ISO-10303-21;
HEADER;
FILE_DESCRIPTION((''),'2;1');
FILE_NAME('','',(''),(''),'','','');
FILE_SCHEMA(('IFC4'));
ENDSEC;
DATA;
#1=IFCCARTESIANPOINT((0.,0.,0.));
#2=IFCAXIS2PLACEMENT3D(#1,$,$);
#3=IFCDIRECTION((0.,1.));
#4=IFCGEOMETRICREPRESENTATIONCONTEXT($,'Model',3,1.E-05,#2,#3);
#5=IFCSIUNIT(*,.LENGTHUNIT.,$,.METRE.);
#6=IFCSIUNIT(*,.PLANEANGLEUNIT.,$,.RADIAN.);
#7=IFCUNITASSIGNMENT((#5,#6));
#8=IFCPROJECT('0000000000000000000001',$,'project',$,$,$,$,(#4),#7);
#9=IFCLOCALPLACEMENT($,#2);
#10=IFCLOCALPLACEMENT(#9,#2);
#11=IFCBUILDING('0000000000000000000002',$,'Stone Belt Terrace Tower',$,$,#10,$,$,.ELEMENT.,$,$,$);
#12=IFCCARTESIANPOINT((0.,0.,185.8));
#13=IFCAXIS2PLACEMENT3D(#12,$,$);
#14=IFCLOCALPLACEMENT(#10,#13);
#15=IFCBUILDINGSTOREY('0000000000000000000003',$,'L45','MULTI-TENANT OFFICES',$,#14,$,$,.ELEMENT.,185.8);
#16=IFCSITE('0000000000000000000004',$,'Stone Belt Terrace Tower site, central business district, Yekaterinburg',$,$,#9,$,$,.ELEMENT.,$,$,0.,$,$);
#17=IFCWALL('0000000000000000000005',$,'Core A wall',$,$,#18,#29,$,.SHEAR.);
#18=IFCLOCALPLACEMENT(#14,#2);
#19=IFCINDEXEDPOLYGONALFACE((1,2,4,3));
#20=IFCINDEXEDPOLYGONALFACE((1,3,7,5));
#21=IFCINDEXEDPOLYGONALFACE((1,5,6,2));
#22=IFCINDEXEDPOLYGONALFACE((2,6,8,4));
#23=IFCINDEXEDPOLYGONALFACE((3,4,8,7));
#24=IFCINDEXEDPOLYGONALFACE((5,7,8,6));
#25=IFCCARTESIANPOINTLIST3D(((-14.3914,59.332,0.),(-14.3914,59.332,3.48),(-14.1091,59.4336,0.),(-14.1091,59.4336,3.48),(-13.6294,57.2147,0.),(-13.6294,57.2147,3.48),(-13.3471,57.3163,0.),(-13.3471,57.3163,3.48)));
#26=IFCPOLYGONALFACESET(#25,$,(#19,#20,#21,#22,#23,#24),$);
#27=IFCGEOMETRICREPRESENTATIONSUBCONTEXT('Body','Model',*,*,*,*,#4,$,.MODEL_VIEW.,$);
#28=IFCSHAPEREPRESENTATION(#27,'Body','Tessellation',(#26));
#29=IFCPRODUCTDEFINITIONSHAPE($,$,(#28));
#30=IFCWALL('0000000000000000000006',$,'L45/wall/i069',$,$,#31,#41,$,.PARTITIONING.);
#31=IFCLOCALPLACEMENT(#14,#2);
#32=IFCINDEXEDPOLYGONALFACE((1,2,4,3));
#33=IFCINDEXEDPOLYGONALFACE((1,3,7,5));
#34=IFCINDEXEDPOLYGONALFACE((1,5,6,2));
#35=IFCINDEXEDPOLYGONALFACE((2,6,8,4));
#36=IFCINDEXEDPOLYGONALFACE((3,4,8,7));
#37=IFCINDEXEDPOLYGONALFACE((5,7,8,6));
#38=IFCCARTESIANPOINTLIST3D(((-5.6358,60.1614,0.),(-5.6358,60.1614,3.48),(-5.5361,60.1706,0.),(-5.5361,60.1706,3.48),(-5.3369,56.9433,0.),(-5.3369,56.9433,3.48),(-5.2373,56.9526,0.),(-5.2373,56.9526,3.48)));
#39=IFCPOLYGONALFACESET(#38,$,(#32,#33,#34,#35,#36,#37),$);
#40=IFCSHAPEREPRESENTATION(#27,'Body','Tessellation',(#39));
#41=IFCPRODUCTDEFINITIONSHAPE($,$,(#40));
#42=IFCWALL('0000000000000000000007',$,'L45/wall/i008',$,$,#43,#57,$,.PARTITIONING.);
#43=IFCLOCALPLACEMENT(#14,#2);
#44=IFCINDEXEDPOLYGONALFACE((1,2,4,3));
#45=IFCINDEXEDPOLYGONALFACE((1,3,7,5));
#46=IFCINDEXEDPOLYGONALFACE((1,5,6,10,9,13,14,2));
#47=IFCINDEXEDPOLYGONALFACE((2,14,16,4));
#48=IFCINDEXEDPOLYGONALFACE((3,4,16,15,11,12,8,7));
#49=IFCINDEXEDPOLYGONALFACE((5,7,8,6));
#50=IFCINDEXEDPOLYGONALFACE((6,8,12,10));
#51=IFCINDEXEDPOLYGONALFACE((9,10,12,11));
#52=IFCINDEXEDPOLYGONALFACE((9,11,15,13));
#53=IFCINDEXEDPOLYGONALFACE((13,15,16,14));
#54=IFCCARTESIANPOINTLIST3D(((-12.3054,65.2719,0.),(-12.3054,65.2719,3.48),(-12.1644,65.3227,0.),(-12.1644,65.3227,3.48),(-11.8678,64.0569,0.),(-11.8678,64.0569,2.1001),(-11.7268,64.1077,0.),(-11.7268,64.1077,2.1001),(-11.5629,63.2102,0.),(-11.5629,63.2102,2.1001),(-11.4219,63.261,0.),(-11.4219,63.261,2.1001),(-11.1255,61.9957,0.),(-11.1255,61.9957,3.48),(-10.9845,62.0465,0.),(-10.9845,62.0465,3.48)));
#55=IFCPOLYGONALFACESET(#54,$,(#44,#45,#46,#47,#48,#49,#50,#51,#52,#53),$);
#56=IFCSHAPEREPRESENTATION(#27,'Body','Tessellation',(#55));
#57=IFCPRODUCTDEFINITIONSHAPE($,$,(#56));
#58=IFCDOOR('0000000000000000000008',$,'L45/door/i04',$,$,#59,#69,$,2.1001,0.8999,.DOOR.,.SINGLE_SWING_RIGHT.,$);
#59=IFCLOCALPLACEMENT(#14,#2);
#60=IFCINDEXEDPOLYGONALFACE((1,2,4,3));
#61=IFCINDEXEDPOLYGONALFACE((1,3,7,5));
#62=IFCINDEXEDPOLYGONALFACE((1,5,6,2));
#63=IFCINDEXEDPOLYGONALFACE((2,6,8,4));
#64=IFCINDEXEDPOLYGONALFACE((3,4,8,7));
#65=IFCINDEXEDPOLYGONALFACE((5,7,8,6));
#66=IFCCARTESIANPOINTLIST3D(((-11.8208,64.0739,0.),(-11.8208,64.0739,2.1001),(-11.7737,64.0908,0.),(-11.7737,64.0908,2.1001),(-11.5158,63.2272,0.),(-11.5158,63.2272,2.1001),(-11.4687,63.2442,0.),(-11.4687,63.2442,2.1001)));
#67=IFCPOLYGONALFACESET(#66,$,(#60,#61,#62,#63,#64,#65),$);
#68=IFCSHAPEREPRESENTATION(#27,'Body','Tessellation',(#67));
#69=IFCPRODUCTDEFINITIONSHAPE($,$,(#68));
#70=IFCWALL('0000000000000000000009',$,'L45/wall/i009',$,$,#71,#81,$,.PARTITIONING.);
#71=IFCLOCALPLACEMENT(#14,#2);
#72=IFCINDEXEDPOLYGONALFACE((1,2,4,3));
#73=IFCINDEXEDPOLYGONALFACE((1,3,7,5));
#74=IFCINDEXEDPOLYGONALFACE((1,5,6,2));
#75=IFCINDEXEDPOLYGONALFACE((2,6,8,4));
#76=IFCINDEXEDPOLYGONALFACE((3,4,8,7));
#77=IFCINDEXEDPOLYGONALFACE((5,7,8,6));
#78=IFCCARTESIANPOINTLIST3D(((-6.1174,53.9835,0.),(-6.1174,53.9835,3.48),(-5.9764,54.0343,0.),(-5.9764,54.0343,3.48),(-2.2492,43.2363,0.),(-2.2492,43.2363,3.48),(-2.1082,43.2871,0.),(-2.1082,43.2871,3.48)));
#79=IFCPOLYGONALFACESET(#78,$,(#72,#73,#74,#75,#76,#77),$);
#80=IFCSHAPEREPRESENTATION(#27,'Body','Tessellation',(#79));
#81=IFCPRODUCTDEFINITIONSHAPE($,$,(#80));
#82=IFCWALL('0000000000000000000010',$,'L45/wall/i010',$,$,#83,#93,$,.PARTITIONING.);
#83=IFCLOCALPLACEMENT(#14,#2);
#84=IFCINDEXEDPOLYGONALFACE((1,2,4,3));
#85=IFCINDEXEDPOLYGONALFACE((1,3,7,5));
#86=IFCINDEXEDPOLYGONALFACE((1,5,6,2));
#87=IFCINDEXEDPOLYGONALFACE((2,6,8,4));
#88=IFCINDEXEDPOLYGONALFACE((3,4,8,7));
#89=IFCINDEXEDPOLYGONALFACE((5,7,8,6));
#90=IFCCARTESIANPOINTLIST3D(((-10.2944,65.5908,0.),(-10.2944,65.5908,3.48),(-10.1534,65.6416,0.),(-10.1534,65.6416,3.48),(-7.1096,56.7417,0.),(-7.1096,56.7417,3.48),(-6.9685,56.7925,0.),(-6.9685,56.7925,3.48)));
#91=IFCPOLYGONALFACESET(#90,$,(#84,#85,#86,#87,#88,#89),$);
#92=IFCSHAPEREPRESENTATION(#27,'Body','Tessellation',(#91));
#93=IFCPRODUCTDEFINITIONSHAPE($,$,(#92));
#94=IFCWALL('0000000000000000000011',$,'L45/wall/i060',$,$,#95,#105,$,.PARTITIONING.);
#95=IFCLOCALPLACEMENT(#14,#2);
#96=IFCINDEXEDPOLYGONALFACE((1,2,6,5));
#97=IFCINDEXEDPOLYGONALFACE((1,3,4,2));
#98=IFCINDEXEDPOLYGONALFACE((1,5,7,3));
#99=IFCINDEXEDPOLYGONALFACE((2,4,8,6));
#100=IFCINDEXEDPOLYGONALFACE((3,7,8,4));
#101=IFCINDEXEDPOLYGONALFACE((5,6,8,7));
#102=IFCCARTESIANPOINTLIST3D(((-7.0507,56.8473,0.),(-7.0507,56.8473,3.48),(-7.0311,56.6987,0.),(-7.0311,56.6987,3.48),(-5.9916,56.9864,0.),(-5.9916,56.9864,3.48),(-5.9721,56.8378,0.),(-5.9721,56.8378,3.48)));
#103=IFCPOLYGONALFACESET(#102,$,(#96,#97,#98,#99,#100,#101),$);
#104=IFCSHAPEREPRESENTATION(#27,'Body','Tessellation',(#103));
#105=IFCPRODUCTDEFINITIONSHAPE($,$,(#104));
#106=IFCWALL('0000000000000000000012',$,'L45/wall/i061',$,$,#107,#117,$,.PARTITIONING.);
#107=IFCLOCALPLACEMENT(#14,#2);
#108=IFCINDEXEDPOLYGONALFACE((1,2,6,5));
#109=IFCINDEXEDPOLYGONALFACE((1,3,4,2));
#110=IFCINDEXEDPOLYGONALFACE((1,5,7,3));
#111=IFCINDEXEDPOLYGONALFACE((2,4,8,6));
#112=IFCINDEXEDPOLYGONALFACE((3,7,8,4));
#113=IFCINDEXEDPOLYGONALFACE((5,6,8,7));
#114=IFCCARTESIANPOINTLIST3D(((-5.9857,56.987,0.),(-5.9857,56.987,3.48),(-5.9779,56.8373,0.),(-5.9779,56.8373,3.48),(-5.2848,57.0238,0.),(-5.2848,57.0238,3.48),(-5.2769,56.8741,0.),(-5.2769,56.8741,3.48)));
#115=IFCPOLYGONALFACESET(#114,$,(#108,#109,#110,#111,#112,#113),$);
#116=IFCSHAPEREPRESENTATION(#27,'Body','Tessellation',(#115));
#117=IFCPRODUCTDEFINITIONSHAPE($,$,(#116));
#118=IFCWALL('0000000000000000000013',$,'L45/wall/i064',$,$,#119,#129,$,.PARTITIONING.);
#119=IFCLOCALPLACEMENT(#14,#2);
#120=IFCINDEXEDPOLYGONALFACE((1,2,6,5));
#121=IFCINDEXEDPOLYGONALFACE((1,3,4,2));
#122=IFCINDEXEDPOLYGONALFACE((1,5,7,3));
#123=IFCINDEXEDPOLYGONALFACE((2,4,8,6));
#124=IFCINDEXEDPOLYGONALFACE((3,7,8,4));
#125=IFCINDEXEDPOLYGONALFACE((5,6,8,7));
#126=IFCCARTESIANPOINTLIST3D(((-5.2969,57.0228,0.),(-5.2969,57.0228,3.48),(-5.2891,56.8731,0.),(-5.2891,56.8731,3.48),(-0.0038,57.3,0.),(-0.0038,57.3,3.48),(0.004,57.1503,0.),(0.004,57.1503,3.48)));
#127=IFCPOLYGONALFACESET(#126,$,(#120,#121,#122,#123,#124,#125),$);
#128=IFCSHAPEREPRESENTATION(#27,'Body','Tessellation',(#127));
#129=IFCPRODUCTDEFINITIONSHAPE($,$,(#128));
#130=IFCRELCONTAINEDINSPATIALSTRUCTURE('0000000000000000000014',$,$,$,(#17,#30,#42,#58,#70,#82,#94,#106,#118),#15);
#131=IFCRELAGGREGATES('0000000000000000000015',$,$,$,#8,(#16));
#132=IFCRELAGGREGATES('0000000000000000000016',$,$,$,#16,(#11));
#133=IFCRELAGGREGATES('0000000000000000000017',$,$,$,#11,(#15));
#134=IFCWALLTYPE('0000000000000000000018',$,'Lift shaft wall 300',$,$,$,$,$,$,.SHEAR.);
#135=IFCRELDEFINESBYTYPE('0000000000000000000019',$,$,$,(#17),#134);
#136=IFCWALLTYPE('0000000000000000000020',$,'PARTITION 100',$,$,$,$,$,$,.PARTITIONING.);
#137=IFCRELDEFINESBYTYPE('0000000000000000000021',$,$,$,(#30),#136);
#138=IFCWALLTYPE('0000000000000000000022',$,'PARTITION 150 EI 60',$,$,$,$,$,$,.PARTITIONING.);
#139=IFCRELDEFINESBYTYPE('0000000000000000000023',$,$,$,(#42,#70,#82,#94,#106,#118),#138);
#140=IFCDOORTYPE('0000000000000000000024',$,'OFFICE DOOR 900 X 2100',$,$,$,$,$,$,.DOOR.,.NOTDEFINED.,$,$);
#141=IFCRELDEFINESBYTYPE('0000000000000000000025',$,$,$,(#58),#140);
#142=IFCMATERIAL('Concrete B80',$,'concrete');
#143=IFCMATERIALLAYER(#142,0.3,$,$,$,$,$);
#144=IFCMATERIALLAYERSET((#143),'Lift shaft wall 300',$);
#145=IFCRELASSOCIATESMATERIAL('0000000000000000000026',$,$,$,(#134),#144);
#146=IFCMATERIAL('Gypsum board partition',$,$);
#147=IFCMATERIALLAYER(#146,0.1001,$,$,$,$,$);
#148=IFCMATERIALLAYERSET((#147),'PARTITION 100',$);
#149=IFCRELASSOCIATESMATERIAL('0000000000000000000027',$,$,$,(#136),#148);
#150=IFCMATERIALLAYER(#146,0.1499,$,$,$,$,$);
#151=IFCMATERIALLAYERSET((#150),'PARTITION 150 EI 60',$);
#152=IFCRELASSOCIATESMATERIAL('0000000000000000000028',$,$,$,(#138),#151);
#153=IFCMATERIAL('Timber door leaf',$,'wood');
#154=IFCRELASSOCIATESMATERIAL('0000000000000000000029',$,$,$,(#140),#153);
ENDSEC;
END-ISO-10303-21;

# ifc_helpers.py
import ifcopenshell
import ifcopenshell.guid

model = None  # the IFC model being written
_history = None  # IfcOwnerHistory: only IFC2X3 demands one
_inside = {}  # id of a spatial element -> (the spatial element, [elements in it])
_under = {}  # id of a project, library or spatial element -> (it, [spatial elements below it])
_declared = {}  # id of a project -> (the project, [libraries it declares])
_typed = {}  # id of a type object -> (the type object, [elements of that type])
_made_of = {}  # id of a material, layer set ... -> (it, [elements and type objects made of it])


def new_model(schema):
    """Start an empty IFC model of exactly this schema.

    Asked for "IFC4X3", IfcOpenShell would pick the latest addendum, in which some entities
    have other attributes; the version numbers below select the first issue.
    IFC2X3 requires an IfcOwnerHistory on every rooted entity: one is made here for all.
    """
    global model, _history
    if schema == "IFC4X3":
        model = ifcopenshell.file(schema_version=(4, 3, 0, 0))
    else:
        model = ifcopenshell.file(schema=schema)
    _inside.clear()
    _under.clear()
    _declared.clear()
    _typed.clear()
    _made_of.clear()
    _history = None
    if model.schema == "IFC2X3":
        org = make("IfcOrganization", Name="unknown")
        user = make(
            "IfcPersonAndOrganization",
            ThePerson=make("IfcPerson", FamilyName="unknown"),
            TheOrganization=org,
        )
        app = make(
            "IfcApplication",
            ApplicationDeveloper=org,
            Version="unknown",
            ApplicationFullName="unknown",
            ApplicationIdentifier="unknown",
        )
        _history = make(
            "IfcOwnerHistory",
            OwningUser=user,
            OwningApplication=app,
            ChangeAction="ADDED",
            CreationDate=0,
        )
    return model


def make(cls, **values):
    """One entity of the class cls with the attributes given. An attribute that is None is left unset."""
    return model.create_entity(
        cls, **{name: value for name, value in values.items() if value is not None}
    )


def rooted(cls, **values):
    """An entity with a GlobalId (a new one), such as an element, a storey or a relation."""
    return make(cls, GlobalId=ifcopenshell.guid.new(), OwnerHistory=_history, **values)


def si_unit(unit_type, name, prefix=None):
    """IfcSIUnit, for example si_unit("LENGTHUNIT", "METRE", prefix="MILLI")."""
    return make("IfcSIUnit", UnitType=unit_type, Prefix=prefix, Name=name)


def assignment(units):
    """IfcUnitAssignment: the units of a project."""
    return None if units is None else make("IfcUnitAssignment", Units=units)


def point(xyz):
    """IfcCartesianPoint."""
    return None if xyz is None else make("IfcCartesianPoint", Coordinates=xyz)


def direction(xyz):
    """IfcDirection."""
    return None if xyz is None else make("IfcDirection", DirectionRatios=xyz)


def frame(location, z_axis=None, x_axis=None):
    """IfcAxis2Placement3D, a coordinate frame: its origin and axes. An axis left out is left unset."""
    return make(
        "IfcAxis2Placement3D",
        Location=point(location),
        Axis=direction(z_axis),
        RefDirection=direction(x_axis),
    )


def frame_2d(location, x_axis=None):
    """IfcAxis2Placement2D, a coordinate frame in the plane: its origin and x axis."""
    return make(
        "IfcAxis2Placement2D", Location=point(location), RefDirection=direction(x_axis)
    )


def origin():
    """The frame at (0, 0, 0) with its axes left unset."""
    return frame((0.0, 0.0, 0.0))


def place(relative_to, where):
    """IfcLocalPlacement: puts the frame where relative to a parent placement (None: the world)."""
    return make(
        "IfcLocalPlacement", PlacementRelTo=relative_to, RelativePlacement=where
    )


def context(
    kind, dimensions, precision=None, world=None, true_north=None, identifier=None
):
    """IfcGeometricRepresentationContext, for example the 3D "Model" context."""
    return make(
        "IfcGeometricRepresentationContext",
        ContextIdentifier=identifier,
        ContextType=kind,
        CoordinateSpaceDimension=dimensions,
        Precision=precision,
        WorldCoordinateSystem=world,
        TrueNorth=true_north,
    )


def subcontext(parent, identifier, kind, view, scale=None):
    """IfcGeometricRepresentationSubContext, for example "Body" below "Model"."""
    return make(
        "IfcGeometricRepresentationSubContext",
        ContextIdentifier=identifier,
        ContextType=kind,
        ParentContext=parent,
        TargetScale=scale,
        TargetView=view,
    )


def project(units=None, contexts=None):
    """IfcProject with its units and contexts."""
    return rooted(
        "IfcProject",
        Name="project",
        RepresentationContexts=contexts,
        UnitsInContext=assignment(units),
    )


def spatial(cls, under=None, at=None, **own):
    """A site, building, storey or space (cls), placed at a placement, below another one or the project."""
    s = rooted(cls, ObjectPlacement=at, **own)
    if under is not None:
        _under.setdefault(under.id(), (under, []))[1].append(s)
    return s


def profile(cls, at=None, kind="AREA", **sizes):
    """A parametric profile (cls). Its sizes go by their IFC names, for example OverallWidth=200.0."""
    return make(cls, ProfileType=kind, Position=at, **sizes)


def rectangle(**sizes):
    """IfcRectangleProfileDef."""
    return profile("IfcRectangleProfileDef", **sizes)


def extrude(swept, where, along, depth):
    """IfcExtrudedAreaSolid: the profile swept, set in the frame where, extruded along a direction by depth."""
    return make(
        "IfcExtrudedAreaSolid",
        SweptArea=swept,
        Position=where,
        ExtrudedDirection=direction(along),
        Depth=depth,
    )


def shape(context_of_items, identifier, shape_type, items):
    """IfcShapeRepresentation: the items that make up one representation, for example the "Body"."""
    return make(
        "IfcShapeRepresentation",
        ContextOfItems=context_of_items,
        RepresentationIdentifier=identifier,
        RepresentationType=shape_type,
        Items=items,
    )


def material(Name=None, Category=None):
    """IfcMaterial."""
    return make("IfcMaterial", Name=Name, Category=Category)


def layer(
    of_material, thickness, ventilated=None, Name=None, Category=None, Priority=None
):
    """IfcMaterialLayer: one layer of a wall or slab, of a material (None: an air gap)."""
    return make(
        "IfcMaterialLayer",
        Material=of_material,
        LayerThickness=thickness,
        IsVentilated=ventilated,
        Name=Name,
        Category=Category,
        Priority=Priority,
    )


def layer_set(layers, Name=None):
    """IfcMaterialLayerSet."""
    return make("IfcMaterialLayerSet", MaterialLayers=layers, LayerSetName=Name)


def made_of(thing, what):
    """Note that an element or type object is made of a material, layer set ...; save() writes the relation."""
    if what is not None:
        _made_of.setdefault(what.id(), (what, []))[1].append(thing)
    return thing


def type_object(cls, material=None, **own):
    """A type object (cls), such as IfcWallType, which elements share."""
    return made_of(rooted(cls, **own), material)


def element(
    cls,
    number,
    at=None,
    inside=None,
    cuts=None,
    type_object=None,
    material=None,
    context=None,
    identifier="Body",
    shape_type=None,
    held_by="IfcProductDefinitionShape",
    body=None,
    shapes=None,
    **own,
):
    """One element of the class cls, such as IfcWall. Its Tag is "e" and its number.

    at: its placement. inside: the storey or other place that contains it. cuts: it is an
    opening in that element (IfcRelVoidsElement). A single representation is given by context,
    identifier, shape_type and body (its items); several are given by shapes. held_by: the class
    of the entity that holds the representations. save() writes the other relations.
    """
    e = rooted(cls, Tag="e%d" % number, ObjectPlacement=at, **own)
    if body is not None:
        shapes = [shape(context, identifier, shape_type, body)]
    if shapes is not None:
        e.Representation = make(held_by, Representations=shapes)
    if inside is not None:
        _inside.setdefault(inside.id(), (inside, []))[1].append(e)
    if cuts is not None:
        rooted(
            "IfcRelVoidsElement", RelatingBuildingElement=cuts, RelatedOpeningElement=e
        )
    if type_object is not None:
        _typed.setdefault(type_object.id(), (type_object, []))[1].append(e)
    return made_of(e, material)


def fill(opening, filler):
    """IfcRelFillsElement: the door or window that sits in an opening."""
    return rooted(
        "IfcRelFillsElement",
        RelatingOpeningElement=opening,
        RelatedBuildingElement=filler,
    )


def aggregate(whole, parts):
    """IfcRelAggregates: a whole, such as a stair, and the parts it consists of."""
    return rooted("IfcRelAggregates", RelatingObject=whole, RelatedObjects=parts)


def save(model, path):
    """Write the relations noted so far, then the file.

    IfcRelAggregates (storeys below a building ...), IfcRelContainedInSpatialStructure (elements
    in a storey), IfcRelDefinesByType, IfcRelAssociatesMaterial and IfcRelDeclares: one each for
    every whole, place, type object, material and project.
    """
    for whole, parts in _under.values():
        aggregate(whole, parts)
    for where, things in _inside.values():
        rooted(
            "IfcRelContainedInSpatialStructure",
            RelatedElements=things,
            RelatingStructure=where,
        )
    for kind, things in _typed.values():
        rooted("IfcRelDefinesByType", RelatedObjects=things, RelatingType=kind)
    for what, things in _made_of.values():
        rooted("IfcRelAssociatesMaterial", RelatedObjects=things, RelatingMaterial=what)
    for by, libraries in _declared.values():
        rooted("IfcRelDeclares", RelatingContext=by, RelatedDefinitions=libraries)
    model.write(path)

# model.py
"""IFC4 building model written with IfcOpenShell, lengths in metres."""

from ifc_helpers import new_model, si_unit, direction, frame, frame_2d, origin, place, context, subcontext, project, spatial, rectangle, extrude, material, layer, layer_set, type_object, element, fill, save


model = new_model("IFC4")

# Units and contexts
model_context = context("Model", 3, precision=1e-05, world=origin(), true_north=direction((0.0, 1.0)))
body_context = subcontext(model_context, "Body", "Model", "MODEL_VIEW")
ifc_project = project(units=[si_unit("LENGTHUNIT", "METRE"), si_unit("PLANEANGLEUNIT", "RADIAN")], contexts=[model_context])

# Site, building, storey
site_placement = place(None, origin())
site = spatial("IfcSite", under=ifc_project, at=site_placement, Name="Stone Belt Terrace Tower site, central business district, Yekaterinburg", CompositionType="ELEMENT", RefElevation=0.0)
building_placement = place(site_placement, origin())
building = spatial("IfcBuilding", under=site, at=building_placement, Name="Stone Belt Terrace Tower", CompositionType="ELEMENT")
storey_placement = place(building_placement, frame((0.0, 0.0, 185.8)))
storey = spatial("IfcBuildingStorey", under=building, at=storey_placement, Name="L45", Description="MULTI-TENANT OFFICES", CompositionType="ELEMENT", Elevation=185.8)

# Shared definitions
ifc_material_1 = material(Name="Concrete B80", Category="concrete")

# Shared definitions
ifc_material_2 = material(Name="Timber door leaf", Category="wood")

# Walls
ifc_layer_1 = layer(ifc_material_1, 0.3)
ifc_layer_set_1 = layer_set([ifc_layer_1], Name="Lift shaft wall 300")
wall_type_1 = type_object("IfcWallType", Name="Lift shaft wall 300", PredefinedType="SHEAR", material=ifc_layer_set_1)
wall_1_placement = place(storey_placement, frame((-13.4883, 57.2656, 0.0), z_axis=(0.0, 0.0, 1.0), x_axis=(-0.338631, 0.940919, 0.0)))
element("IfcWall", 1, at=wall_1_placement, inside=storey, type_object=wall_type_1, Name="Core A wall", PredefinedType="SHEAR", context=body_context, shape_type="SweptSolid", body=[
    extrude(rectangle(XDim=2.2502, YDim=0.3, at=frame_2d((1.125, 0.0))), origin(), (0.0, 0.0, 1.0), 3.48),
])
ifc_material_3 = material(Name="Gypsum board partition")
ifc_layer_2 = layer(ifc_material_3, 0.1001)
ifc_layer_set_2 = layer_set([ifc_layer_2], Name="PARTITION 100")
wall_type_2 = type_object("IfcWallType", Name="PARTITION 100", PredefinedType="PARTITIONING", material=ifc_layer_set_2)
wall_2_placement = place(storey_placement, frame((-5.5859, 60.166, 0.0), z_axis=(0.0, 0.0, 1.0), x_axis=(0.092463, -0.995716, 0.0)))
element("IfcWall", 2, at=wall_2_placement, inside=storey, type_object=wall_type_2, Name="L45/wall/i069", PredefinedType="PARTITIONING", context=body_context, shape_type="SweptSolid", body=[
    extrude(rectangle(XDim=3.2319, YDim=0.1001, at=frame_2d((1.616, 0.0))), origin(), (0.0, 0.0, 1.0), 3.48),
])

# Wall, opening, door
ifc_layer_3 = layer(ifc_material_3, 0.1499)
ifc_layer_set_3 = layer_set([ifc_layer_3], Name="PARTITION 150 EI 60")
wall_type_3 = type_object("IfcWallType", Name="PARTITION 150 EI 60", PredefinedType="PARTITIONING", material=ifc_layer_set_3)
wall_3_placement = place(storey_placement, frame((-11.0549, 62.021, 0.0), z_axis=(0.0, 0.0, 1.0), x_axis=(-0.338854, 0.940839, 0.0)))
wall_3 = element("IfcWall", 3, at=wall_3_placement, inside=storey, type_object=wall_type_3, Name="L45/wall/i008", PredefinedType="PARTITIONING", context=body_context, shape_type="SweptSolid", body=[
    extrude(rectangle(XDim=3.4822, YDim=0.1499, at=frame_2d((1.7412, 0.0))), origin(), (0.0, 0.0, 1.0), 3.48),
])
opening_1_placement = place(wall_3_placement, frame((1.291, 0.0, 0.0)))
opening_1 = element("IfcOpeningElement", 4, at=opening_1_placement, cuts=wall_3, PredefinedType="OPENING", context=body_context, shape_type="SweptSolid", body=[
    extrude(rectangle(XDim=0.8999, YDim=2.1001, at=frame_2d((0.45, 1.05))), frame((0.0, 0.085, 0.0), z_axis=(0.0, -1.0, 0.0), x_axis=(1.0, 0.0, 0.0)), (0.0, 0.0, 1.0), 0.1699),
])
door_type_1 = type_object("IfcDoorType", Name="OFFICE DOOR 900 X 2100", OperationType="NOTDEFINED", PredefinedType="DOOR", material=ifc_material_2)
door_1_placement = place(opening_1_placement, origin())
door_1 = element("IfcDoor", 5, at=door_1_placement, inside=storey, type_object=door_type_1, Name="L45/door/i04", OperationType="SINGLE_SWING_RIGHT", OverallHeight=2.1001, OverallWidth=0.8999, PredefinedType="DOOR", context=body_context, shape_type="SweptSolid", body=[
    extrude(rectangle(XDim=0.8999, YDim=2.1001, at=frame_2d((0.45, 1.05))), frame((0.0, 0.0249, 0.0), z_axis=(0.0, -1.0, 0.0), x_axis=(1.0, 0.0, 0.0)), (0.0, 0.0, 1.0), 0.05),
])
fill(opening_1, door_1)

# Walls
wall_4_placement = place(storey_placement, frame((-6.0469, 54.0088, 0.0), z_axis=(0.0, 0.0, 1.0), x_axis=(0.338659, -0.940909, 0.0)))
element("IfcWall", 6, at=wall_4_placement, inside=storey, type_object=wall_type_3, Name="L45/wall/i009", PredefinedType="PARTITIONING", context=body_context, shape_type="SweptSolid", body=[
    extrude(rectangle(XDim=11.4221, YDim=0.1499, at=frame_2d((5.7109, 0.0))), origin(), (0.0, 0.0, 1.0), 3.48),
])
wall_5_placement = place(storey_placement, frame((-10.2239, 65.6162, 0.0), z_axis=(0.0, 0.0, 1.0), x_axis=(0.338638, -0.940917, 0.0)))
element("IfcWall", 7, at=wall_5_placement, inside=storey, type_object=wall_type_3, Name="L45/wall/i010", PredefinedType="PARTITIONING", context=body_context, shape_type="SweptSolid", body=[
    extrude(rectangle(XDim=9.4048, YDim=0.1499, at=frame_2d((4.7024, 0.0))), origin(), (0.0, 0.0, 1.0), 3.48),
])
wall_6_placement = place(storey_placement, frame((-7.041, 56.7729, 0.0), z_axis=(0.0, 0.0, 1.0), x_axis=(0.991478, 0.130277, 0.0)))
element("IfcWall", 8, at=wall_6_placement, inside=storey, type_object=wall_type_3, Name="L45/wall/i060", PredefinedType="PARTITIONING", context=body_context, shape_type="SweptSolid", body=[
    extrude(rectangle(XDim=1.0681, YDim=0.1499, at=frame_2d((0.5342, 0.0))), origin(), (0.0, 0.0, 1.0), 3.48),
])
wall_7_placement = place(storey_placement, frame((-5.9819, 56.9121, 0.0), z_axis=(0.0, 0.0, 1.0), x_axis=(0.99862, 0.052522, 0.0)))
element("IfcWall", 9, at=wall_7_placement, inside=storey, type_object=wall_type_3, Name="L45/wall/i061", PredefinedType="PARTITIONING", context=body_context, shape_type="SweptSolid", body=[
    extrude(rectangle(XDim=0.7019, YDim=0.1499, at=frame_2d((0.3511, 0.0))), origin(), (0.0, 0.0, 1.0), 3.48),
])
wall_8_placement = place(storey_placement, frame((-5.293, 56.948, 0.0), z_axis=(0.0, 0.0, 1.0), x_axis=(0.998632, 0.052281, 0.0)))
element("IfcWall", 10, at=wall_8_placement, inside=storey, type_object=wall_type_3, Name="L45/wall/i064", PredefinedType="PARTITIONING", context=body_context, shape_type="SweptSolid", body=[
    extrude(rectangle(XDim=5.3003, YDim=0.1499, at=frame_2d((2.6501, 0.0))), origin(), (0.0, 0.0, 1.0), 3.48),
])

save(model, "model.ifc")
